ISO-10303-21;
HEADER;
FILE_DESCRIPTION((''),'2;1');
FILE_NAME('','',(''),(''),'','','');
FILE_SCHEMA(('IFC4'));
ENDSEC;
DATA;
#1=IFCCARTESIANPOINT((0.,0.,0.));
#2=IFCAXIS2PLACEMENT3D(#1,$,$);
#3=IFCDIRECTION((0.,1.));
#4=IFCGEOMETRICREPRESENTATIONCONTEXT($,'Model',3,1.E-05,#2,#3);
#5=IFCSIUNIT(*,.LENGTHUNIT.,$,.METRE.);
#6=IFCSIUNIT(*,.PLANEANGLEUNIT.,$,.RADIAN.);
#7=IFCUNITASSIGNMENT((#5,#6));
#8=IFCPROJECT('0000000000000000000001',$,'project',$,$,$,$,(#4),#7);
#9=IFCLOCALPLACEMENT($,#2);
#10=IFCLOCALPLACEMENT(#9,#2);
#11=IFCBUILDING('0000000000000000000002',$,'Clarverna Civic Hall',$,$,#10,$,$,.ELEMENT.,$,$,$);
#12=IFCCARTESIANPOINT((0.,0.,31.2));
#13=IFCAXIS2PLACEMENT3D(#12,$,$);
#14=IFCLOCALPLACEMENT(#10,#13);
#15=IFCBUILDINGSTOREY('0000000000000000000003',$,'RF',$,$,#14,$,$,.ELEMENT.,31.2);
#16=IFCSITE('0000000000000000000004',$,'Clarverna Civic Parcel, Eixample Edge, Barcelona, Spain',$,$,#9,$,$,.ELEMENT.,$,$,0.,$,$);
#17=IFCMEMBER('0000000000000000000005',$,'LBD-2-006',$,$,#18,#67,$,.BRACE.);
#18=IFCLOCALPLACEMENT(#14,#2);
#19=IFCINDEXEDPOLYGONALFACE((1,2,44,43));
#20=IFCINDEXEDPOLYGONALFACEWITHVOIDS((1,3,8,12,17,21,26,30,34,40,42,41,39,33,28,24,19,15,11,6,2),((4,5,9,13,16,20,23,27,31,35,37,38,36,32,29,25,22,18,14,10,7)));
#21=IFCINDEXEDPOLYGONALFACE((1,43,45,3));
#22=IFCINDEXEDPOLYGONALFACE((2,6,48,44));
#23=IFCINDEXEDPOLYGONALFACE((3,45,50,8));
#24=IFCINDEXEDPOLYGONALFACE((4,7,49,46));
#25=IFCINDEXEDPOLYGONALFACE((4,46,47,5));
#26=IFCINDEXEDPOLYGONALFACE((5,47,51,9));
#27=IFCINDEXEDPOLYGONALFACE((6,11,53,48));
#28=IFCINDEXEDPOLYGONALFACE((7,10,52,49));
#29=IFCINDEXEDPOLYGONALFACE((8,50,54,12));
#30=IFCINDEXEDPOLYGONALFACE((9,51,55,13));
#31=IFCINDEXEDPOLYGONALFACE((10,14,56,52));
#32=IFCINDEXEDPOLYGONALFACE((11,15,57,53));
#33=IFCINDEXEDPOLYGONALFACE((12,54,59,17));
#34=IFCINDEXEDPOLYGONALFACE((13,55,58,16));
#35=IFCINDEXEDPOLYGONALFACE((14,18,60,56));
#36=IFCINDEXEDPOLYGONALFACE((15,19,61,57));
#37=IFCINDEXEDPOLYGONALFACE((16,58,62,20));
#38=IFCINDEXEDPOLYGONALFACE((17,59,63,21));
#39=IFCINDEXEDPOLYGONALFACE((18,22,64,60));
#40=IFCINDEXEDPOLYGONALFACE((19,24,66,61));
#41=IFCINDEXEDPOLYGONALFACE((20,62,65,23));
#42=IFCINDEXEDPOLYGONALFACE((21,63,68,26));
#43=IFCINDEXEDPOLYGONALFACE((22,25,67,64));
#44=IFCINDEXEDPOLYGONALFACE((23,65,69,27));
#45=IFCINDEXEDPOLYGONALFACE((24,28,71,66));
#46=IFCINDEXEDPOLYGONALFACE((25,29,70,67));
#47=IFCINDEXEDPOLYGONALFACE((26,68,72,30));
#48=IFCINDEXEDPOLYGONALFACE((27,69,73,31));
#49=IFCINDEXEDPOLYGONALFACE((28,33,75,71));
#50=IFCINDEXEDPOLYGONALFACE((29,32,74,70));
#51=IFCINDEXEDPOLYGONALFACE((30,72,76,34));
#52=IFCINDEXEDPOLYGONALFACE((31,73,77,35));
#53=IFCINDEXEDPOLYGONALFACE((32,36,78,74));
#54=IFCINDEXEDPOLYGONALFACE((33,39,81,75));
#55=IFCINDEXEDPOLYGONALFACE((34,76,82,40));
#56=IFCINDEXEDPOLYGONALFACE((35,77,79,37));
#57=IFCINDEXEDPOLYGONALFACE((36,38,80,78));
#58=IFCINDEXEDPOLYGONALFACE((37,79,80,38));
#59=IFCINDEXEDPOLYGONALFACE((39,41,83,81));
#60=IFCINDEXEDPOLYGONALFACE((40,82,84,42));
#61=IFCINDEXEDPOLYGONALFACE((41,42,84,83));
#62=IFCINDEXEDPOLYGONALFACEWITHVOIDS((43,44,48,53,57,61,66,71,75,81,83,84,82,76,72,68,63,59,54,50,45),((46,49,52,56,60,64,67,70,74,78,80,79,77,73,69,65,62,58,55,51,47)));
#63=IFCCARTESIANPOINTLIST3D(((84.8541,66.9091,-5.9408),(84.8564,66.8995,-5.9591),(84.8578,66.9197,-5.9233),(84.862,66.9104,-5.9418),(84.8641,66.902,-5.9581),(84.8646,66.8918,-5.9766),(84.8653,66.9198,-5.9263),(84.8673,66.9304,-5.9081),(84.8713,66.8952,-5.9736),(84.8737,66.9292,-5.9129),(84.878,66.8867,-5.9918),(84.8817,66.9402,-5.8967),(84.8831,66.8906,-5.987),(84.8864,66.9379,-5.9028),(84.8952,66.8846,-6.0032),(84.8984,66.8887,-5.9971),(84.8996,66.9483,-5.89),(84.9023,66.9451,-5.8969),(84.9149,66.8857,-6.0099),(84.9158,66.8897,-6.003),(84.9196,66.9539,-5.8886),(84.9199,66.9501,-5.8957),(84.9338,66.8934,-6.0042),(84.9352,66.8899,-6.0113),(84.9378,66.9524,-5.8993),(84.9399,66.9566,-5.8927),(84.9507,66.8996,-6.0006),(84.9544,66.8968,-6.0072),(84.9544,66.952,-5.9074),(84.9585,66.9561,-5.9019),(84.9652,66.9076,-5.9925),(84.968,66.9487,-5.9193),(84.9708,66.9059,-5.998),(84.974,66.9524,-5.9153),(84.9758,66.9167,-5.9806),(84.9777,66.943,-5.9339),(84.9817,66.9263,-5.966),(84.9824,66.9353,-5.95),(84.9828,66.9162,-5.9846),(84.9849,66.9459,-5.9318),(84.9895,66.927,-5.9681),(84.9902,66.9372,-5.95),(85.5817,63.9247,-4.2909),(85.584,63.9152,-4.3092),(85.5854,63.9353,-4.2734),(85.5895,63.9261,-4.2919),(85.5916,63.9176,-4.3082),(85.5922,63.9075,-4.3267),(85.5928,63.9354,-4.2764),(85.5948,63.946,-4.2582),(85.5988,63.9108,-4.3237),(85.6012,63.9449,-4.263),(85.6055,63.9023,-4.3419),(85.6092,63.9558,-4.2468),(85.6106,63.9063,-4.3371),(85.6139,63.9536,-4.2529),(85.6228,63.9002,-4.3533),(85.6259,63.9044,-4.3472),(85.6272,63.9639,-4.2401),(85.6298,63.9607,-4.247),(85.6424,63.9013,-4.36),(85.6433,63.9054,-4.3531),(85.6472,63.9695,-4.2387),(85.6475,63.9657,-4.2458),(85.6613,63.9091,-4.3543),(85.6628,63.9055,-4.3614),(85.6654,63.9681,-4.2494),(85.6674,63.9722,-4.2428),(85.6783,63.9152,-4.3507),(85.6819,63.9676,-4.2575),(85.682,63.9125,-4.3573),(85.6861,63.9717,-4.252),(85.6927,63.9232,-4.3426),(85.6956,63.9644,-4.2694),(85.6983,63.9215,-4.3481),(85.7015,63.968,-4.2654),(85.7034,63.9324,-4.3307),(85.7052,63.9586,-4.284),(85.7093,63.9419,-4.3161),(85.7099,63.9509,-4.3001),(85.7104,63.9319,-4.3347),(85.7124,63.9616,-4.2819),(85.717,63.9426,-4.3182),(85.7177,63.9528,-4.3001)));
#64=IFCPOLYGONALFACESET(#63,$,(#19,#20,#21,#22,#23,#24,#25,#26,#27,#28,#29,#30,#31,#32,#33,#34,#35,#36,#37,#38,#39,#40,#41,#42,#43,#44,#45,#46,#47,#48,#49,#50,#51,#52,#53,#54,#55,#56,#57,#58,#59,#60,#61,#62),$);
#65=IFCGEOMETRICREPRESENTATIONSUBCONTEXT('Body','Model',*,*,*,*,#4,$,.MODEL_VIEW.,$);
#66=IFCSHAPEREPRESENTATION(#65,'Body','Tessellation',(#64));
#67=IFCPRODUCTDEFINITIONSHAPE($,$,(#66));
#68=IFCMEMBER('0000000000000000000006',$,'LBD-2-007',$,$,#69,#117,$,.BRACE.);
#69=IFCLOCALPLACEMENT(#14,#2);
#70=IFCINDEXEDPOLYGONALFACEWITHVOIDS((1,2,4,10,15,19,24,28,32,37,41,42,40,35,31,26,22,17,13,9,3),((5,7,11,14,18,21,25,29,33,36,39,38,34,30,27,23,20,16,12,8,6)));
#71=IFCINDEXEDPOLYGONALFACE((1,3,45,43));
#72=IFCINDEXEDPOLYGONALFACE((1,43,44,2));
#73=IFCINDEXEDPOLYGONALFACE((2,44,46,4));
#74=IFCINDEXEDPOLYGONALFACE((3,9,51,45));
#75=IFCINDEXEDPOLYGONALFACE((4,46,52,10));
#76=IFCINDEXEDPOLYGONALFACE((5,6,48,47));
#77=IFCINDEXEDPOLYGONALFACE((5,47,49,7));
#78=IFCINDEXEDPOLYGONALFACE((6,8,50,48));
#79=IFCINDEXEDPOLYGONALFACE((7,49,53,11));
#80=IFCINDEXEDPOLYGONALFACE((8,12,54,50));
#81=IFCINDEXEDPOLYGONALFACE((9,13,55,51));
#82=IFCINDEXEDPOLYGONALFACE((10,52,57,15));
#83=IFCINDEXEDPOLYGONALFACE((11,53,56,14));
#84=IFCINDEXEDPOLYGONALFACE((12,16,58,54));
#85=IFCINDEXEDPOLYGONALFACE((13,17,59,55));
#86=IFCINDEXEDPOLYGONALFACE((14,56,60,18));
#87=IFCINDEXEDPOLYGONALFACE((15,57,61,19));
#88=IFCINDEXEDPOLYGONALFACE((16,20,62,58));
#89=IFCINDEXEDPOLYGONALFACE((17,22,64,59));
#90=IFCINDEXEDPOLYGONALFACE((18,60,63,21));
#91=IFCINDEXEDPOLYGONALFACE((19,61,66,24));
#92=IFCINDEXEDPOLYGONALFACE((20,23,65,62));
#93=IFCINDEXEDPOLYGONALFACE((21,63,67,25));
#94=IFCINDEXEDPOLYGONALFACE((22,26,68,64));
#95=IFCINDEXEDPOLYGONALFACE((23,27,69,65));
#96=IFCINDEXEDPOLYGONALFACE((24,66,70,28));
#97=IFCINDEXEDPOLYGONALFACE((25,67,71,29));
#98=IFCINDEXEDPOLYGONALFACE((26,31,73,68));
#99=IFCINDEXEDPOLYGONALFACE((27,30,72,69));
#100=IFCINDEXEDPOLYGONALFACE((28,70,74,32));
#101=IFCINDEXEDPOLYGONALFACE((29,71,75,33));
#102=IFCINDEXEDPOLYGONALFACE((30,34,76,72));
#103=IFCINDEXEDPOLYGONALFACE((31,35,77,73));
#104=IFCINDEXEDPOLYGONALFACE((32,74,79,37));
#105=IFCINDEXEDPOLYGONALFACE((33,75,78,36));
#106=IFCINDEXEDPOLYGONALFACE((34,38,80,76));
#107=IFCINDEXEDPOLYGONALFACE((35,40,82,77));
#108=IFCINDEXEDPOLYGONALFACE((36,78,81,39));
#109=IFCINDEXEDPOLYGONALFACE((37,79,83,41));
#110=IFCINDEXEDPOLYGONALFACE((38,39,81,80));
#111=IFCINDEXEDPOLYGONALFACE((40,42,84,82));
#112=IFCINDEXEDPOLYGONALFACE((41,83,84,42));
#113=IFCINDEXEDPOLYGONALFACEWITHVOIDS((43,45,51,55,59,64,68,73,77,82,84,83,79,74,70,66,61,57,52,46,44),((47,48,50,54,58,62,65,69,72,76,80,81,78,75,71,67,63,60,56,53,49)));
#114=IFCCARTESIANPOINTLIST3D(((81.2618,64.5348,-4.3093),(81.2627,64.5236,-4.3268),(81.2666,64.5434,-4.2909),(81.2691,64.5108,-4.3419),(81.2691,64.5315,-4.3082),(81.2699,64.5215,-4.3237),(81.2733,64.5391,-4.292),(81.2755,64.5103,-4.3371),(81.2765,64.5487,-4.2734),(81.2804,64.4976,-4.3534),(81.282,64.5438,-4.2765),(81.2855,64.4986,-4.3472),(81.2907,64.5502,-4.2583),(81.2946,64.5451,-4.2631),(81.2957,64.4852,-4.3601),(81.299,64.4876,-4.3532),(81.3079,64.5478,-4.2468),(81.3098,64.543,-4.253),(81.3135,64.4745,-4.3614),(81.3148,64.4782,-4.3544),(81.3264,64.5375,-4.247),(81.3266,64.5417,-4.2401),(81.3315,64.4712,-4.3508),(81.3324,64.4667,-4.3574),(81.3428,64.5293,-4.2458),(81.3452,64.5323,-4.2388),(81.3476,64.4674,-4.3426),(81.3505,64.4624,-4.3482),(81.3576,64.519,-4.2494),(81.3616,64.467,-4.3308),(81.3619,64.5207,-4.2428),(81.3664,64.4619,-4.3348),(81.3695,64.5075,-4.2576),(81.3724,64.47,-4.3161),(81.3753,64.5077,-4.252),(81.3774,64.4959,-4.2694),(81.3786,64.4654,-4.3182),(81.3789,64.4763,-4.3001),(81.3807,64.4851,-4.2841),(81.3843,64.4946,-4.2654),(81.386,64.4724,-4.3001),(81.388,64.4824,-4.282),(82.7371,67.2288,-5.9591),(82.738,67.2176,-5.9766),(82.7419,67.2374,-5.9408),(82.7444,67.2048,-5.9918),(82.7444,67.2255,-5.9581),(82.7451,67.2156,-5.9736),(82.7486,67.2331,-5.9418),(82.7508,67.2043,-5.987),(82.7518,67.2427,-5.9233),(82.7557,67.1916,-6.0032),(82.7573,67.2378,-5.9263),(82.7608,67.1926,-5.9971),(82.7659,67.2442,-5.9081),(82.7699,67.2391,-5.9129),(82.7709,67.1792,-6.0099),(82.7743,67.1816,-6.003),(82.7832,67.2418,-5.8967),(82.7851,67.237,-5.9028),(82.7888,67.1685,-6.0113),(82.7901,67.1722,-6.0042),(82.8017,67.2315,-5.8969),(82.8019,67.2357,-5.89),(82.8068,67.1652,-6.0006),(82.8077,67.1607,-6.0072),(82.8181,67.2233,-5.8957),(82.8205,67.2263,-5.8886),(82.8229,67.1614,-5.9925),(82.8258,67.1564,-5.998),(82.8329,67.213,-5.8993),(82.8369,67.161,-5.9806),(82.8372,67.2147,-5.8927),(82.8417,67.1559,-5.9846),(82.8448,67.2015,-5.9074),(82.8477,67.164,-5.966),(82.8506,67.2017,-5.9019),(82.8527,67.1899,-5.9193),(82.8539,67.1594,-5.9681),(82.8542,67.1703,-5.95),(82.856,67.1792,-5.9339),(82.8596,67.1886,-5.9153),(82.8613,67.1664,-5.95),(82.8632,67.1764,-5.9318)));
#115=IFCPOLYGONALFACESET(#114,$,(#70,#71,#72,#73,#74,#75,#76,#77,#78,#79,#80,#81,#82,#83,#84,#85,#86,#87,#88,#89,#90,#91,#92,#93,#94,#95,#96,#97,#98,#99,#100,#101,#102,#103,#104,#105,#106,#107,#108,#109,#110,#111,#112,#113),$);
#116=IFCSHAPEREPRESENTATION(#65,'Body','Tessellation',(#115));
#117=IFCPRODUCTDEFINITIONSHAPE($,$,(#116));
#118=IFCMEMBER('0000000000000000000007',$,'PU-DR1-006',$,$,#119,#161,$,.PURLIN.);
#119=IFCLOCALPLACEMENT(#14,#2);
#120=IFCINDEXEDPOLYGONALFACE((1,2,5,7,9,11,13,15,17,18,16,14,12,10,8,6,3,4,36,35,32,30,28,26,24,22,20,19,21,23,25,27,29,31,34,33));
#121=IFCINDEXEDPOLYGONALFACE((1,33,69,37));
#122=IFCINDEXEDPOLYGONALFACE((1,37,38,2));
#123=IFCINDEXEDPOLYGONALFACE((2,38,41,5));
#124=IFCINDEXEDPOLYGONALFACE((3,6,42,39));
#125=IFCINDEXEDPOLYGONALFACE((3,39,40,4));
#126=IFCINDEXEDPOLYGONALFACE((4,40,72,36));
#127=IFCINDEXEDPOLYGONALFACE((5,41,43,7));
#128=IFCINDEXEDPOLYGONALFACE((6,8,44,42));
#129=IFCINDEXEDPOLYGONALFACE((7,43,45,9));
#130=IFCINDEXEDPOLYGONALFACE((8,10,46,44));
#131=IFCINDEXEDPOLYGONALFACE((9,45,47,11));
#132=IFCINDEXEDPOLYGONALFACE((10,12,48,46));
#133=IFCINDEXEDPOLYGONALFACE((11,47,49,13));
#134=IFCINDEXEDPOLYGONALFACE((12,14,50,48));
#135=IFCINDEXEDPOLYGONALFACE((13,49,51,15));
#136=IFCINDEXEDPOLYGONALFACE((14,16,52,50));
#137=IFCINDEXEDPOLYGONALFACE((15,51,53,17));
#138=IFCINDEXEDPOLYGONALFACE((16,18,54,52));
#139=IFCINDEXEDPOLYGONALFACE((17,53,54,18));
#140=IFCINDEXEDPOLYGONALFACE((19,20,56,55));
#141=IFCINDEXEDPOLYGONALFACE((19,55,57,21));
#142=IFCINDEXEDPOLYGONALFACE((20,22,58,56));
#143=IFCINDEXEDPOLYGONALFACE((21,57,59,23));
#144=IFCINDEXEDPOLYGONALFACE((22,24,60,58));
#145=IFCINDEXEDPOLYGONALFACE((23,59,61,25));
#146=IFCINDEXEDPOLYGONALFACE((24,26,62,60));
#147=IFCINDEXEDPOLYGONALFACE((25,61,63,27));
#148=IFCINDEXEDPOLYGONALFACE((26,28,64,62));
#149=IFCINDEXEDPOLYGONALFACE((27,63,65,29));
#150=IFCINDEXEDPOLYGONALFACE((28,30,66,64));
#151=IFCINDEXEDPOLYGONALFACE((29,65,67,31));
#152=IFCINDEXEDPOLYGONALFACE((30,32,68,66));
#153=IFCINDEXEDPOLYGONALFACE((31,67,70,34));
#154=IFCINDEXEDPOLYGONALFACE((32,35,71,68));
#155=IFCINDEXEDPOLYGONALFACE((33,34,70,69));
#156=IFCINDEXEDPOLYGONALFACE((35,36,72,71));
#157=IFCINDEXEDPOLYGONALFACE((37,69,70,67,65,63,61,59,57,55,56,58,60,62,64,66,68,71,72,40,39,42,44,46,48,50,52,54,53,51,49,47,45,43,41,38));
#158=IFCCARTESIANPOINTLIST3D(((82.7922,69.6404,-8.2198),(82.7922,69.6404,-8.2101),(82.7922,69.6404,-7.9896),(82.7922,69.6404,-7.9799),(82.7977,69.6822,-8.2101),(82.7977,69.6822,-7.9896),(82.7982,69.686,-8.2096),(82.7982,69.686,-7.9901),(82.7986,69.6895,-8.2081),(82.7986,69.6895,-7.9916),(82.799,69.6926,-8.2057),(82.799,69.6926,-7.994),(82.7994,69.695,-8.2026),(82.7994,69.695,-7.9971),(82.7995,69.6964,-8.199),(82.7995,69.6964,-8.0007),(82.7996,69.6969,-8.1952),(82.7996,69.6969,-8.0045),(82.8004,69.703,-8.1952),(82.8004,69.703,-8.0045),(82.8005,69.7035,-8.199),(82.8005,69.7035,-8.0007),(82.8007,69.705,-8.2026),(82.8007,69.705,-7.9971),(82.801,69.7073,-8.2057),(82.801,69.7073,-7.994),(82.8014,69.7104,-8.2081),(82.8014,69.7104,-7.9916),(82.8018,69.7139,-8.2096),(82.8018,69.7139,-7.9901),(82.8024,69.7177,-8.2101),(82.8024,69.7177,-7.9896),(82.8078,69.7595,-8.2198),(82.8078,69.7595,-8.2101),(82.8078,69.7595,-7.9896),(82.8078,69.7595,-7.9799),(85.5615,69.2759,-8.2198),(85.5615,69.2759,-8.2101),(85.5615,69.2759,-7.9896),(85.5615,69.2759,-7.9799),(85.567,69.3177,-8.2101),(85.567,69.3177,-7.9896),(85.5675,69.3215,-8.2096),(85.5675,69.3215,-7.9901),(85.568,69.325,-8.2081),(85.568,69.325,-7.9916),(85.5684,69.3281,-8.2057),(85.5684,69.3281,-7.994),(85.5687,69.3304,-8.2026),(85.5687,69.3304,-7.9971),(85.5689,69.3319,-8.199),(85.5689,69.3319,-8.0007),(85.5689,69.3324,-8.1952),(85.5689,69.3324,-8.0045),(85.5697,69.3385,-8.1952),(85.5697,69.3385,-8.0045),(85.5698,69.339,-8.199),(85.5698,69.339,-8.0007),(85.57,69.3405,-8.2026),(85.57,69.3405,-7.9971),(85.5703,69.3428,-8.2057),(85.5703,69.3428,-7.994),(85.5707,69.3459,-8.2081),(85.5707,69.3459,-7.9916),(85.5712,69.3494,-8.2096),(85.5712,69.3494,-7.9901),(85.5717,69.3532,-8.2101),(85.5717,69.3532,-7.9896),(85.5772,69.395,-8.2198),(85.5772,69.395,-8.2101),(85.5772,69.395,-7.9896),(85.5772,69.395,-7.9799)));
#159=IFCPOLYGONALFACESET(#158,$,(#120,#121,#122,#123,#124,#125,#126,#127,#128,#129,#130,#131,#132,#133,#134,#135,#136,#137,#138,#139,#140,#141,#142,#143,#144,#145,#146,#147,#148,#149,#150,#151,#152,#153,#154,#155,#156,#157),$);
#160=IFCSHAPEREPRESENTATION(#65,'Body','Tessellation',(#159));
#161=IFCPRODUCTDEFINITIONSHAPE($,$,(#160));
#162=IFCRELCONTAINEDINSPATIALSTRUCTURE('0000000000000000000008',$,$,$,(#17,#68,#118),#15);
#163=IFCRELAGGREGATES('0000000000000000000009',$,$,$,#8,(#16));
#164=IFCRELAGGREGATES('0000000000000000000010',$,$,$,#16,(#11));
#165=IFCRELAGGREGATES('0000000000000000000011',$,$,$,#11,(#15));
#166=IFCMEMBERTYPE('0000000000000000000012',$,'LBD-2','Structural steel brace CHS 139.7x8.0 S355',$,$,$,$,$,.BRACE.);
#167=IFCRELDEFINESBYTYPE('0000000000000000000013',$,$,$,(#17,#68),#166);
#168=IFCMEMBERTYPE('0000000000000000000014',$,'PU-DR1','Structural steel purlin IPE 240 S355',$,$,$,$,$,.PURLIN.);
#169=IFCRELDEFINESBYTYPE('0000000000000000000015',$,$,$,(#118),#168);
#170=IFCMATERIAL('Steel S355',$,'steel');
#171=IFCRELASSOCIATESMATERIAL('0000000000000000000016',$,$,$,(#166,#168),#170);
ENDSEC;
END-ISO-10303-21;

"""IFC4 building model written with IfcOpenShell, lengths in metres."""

from ifc_helpers import new_model, si_unit, direction, frame, origin, origin_2d, place, context, subcontext, project, spatial, hollow_circle, i_section, extrude, material, material_profile, profile_set, type_object, element, save


model = new_model("IFC4")

# Units and contexts
model_context = context("Model", 3, precision=1e-05, world=origin(), true_north=direction((0.0, 1.0)))
body_context = subcontext(model_context, "Body", "Model", "MODEL_VIEW")
ifc_project = project(units=[si_unit("LENGTHUNIT", "METRE"), si_unit("PLANEANGLEUNIT", "RADIAN")], contexts=[model_context])

# Site, building, storey
site_placement = place(None, origin())
site = spatial("IfcSite", under=ifc_project, at=site_placement, Name="Clarverna Civic Parcel, Eixample Edge, Barcelona, Spain", CompositionType="ELEMENT", RefElevation=0.0)
building_placement = place(site_placement, origin())
building = spatial("IfcBuilding", under=site, at=building_placement, Name="Clarverna Civic Hall", CompositionType="ELEMENT")
storey_placement = place(building_placement, frame((0.0, 0.0, 31.2)))
storey = spatial("IfcBuildingStorey", under=building, at=storey_placement, Name="RF", CompositionType="ELEMENT", Elevation=31.2)

# Members
ifc_material_1 = material(Name="Steel S355", Category="steel")
ifc_material_profile_1 = material_profile(ifc_material_1, hollow_circle(Radius=0.0698, WallThickness=0.0081, at=origin_2d()), Name="CHS 139.7x8.0")
ifc_profile_set_1 = profile_set([ifc_material_profile_1], Name="Steel S355")
member_type_1 = type_object("IfcMemberType", Name="LBD-2", Description="Structural steel brace CHS 139.7x8.0 S355", PredefinedType="BRACE", material=ifc_profile_set_1)
member_1_placement = place(storey_placement, frame((84.9224, 66.9207, -5.95), z_axis=(0.208653, -0.855899, 0.473181), x_axis=(0.971547, 0.236846, 0.0)))
element("IfcMember", 1, at=member_1_placement, inside=storey, type_object=member_type_1, Name="LBD-2-006", PredefinedType="BRACE", context=body_context, shape_type="SweptSolid", body=[
    extrude(hollow_circle(Radius=0.0698, WallThickness=0.0081, at=origin_2d()), origin(), (0.0, 0.0, 1.0), 3.4868),
])
member_2_placement = place(storey_placement, frame((82.8, 67.2, -5.95), z_axis=(-0.423136, -0.772681, 0.473201), x_axis=(0.877095, -0.480316, 0.0)))
element("IfcMember", 2, at=member_2_placement, inside=storey, type_object=member_type_1, Name="LBD-2-007", PredefinedType="BRACE", context=body_context, shape_type="SweptSolid", body=[
    extrude(hollow_circle(Radius=0.0698, WallThickness=0.0081, at=origin_2d()), origin(), (0.0, 0.0, 1.0), 3.4866),
])
ifc_material_profile_2 = material_profile(ifc_material_1, i_section(OverallWidth=0.1201, OverallDepth=0.24, WebThickness=0.0061, FlangeThickness=0.0098, FilletRadius=0.0149, at=origin_2d()), Name="IPE 240")
ifc_profile_set_2 = profile_set([ifc_material_profile_2], Name="Steel S355")
member_type_2 = type_object("IfcMemberType", Name="PU-DR1", Description="Structural steel purlin IPE 240 S355", PredefinedType="PURLIN", material=ifc_profile_set_2)
member_3_placement = place(storey_placement, frame((85.5693, 69.3354, -8.0999), z_axis=(-0.991449, 0.130497, 0.0), x_axis=(-0.130497, -0.991449, 0.0)))
element("IfcMember", 3, at=member_3_placement, inside=storey, type_object=member_type_2, Name="PU-DR1-006", PredefinedType="PURLIN", context=body_context, shape_type="SweptSolid", body=[
    extrude(i_section(OverallWidth=0.1201, OverallDepth=0.24, WebThickness=0.0061, FlangeThickness=0.0098, FilletRadius=0.0149, at=origin_2d()), origin(), (0.0, 0.0, 1.0), 2.7932),
])

save(model, "model.ifc")
